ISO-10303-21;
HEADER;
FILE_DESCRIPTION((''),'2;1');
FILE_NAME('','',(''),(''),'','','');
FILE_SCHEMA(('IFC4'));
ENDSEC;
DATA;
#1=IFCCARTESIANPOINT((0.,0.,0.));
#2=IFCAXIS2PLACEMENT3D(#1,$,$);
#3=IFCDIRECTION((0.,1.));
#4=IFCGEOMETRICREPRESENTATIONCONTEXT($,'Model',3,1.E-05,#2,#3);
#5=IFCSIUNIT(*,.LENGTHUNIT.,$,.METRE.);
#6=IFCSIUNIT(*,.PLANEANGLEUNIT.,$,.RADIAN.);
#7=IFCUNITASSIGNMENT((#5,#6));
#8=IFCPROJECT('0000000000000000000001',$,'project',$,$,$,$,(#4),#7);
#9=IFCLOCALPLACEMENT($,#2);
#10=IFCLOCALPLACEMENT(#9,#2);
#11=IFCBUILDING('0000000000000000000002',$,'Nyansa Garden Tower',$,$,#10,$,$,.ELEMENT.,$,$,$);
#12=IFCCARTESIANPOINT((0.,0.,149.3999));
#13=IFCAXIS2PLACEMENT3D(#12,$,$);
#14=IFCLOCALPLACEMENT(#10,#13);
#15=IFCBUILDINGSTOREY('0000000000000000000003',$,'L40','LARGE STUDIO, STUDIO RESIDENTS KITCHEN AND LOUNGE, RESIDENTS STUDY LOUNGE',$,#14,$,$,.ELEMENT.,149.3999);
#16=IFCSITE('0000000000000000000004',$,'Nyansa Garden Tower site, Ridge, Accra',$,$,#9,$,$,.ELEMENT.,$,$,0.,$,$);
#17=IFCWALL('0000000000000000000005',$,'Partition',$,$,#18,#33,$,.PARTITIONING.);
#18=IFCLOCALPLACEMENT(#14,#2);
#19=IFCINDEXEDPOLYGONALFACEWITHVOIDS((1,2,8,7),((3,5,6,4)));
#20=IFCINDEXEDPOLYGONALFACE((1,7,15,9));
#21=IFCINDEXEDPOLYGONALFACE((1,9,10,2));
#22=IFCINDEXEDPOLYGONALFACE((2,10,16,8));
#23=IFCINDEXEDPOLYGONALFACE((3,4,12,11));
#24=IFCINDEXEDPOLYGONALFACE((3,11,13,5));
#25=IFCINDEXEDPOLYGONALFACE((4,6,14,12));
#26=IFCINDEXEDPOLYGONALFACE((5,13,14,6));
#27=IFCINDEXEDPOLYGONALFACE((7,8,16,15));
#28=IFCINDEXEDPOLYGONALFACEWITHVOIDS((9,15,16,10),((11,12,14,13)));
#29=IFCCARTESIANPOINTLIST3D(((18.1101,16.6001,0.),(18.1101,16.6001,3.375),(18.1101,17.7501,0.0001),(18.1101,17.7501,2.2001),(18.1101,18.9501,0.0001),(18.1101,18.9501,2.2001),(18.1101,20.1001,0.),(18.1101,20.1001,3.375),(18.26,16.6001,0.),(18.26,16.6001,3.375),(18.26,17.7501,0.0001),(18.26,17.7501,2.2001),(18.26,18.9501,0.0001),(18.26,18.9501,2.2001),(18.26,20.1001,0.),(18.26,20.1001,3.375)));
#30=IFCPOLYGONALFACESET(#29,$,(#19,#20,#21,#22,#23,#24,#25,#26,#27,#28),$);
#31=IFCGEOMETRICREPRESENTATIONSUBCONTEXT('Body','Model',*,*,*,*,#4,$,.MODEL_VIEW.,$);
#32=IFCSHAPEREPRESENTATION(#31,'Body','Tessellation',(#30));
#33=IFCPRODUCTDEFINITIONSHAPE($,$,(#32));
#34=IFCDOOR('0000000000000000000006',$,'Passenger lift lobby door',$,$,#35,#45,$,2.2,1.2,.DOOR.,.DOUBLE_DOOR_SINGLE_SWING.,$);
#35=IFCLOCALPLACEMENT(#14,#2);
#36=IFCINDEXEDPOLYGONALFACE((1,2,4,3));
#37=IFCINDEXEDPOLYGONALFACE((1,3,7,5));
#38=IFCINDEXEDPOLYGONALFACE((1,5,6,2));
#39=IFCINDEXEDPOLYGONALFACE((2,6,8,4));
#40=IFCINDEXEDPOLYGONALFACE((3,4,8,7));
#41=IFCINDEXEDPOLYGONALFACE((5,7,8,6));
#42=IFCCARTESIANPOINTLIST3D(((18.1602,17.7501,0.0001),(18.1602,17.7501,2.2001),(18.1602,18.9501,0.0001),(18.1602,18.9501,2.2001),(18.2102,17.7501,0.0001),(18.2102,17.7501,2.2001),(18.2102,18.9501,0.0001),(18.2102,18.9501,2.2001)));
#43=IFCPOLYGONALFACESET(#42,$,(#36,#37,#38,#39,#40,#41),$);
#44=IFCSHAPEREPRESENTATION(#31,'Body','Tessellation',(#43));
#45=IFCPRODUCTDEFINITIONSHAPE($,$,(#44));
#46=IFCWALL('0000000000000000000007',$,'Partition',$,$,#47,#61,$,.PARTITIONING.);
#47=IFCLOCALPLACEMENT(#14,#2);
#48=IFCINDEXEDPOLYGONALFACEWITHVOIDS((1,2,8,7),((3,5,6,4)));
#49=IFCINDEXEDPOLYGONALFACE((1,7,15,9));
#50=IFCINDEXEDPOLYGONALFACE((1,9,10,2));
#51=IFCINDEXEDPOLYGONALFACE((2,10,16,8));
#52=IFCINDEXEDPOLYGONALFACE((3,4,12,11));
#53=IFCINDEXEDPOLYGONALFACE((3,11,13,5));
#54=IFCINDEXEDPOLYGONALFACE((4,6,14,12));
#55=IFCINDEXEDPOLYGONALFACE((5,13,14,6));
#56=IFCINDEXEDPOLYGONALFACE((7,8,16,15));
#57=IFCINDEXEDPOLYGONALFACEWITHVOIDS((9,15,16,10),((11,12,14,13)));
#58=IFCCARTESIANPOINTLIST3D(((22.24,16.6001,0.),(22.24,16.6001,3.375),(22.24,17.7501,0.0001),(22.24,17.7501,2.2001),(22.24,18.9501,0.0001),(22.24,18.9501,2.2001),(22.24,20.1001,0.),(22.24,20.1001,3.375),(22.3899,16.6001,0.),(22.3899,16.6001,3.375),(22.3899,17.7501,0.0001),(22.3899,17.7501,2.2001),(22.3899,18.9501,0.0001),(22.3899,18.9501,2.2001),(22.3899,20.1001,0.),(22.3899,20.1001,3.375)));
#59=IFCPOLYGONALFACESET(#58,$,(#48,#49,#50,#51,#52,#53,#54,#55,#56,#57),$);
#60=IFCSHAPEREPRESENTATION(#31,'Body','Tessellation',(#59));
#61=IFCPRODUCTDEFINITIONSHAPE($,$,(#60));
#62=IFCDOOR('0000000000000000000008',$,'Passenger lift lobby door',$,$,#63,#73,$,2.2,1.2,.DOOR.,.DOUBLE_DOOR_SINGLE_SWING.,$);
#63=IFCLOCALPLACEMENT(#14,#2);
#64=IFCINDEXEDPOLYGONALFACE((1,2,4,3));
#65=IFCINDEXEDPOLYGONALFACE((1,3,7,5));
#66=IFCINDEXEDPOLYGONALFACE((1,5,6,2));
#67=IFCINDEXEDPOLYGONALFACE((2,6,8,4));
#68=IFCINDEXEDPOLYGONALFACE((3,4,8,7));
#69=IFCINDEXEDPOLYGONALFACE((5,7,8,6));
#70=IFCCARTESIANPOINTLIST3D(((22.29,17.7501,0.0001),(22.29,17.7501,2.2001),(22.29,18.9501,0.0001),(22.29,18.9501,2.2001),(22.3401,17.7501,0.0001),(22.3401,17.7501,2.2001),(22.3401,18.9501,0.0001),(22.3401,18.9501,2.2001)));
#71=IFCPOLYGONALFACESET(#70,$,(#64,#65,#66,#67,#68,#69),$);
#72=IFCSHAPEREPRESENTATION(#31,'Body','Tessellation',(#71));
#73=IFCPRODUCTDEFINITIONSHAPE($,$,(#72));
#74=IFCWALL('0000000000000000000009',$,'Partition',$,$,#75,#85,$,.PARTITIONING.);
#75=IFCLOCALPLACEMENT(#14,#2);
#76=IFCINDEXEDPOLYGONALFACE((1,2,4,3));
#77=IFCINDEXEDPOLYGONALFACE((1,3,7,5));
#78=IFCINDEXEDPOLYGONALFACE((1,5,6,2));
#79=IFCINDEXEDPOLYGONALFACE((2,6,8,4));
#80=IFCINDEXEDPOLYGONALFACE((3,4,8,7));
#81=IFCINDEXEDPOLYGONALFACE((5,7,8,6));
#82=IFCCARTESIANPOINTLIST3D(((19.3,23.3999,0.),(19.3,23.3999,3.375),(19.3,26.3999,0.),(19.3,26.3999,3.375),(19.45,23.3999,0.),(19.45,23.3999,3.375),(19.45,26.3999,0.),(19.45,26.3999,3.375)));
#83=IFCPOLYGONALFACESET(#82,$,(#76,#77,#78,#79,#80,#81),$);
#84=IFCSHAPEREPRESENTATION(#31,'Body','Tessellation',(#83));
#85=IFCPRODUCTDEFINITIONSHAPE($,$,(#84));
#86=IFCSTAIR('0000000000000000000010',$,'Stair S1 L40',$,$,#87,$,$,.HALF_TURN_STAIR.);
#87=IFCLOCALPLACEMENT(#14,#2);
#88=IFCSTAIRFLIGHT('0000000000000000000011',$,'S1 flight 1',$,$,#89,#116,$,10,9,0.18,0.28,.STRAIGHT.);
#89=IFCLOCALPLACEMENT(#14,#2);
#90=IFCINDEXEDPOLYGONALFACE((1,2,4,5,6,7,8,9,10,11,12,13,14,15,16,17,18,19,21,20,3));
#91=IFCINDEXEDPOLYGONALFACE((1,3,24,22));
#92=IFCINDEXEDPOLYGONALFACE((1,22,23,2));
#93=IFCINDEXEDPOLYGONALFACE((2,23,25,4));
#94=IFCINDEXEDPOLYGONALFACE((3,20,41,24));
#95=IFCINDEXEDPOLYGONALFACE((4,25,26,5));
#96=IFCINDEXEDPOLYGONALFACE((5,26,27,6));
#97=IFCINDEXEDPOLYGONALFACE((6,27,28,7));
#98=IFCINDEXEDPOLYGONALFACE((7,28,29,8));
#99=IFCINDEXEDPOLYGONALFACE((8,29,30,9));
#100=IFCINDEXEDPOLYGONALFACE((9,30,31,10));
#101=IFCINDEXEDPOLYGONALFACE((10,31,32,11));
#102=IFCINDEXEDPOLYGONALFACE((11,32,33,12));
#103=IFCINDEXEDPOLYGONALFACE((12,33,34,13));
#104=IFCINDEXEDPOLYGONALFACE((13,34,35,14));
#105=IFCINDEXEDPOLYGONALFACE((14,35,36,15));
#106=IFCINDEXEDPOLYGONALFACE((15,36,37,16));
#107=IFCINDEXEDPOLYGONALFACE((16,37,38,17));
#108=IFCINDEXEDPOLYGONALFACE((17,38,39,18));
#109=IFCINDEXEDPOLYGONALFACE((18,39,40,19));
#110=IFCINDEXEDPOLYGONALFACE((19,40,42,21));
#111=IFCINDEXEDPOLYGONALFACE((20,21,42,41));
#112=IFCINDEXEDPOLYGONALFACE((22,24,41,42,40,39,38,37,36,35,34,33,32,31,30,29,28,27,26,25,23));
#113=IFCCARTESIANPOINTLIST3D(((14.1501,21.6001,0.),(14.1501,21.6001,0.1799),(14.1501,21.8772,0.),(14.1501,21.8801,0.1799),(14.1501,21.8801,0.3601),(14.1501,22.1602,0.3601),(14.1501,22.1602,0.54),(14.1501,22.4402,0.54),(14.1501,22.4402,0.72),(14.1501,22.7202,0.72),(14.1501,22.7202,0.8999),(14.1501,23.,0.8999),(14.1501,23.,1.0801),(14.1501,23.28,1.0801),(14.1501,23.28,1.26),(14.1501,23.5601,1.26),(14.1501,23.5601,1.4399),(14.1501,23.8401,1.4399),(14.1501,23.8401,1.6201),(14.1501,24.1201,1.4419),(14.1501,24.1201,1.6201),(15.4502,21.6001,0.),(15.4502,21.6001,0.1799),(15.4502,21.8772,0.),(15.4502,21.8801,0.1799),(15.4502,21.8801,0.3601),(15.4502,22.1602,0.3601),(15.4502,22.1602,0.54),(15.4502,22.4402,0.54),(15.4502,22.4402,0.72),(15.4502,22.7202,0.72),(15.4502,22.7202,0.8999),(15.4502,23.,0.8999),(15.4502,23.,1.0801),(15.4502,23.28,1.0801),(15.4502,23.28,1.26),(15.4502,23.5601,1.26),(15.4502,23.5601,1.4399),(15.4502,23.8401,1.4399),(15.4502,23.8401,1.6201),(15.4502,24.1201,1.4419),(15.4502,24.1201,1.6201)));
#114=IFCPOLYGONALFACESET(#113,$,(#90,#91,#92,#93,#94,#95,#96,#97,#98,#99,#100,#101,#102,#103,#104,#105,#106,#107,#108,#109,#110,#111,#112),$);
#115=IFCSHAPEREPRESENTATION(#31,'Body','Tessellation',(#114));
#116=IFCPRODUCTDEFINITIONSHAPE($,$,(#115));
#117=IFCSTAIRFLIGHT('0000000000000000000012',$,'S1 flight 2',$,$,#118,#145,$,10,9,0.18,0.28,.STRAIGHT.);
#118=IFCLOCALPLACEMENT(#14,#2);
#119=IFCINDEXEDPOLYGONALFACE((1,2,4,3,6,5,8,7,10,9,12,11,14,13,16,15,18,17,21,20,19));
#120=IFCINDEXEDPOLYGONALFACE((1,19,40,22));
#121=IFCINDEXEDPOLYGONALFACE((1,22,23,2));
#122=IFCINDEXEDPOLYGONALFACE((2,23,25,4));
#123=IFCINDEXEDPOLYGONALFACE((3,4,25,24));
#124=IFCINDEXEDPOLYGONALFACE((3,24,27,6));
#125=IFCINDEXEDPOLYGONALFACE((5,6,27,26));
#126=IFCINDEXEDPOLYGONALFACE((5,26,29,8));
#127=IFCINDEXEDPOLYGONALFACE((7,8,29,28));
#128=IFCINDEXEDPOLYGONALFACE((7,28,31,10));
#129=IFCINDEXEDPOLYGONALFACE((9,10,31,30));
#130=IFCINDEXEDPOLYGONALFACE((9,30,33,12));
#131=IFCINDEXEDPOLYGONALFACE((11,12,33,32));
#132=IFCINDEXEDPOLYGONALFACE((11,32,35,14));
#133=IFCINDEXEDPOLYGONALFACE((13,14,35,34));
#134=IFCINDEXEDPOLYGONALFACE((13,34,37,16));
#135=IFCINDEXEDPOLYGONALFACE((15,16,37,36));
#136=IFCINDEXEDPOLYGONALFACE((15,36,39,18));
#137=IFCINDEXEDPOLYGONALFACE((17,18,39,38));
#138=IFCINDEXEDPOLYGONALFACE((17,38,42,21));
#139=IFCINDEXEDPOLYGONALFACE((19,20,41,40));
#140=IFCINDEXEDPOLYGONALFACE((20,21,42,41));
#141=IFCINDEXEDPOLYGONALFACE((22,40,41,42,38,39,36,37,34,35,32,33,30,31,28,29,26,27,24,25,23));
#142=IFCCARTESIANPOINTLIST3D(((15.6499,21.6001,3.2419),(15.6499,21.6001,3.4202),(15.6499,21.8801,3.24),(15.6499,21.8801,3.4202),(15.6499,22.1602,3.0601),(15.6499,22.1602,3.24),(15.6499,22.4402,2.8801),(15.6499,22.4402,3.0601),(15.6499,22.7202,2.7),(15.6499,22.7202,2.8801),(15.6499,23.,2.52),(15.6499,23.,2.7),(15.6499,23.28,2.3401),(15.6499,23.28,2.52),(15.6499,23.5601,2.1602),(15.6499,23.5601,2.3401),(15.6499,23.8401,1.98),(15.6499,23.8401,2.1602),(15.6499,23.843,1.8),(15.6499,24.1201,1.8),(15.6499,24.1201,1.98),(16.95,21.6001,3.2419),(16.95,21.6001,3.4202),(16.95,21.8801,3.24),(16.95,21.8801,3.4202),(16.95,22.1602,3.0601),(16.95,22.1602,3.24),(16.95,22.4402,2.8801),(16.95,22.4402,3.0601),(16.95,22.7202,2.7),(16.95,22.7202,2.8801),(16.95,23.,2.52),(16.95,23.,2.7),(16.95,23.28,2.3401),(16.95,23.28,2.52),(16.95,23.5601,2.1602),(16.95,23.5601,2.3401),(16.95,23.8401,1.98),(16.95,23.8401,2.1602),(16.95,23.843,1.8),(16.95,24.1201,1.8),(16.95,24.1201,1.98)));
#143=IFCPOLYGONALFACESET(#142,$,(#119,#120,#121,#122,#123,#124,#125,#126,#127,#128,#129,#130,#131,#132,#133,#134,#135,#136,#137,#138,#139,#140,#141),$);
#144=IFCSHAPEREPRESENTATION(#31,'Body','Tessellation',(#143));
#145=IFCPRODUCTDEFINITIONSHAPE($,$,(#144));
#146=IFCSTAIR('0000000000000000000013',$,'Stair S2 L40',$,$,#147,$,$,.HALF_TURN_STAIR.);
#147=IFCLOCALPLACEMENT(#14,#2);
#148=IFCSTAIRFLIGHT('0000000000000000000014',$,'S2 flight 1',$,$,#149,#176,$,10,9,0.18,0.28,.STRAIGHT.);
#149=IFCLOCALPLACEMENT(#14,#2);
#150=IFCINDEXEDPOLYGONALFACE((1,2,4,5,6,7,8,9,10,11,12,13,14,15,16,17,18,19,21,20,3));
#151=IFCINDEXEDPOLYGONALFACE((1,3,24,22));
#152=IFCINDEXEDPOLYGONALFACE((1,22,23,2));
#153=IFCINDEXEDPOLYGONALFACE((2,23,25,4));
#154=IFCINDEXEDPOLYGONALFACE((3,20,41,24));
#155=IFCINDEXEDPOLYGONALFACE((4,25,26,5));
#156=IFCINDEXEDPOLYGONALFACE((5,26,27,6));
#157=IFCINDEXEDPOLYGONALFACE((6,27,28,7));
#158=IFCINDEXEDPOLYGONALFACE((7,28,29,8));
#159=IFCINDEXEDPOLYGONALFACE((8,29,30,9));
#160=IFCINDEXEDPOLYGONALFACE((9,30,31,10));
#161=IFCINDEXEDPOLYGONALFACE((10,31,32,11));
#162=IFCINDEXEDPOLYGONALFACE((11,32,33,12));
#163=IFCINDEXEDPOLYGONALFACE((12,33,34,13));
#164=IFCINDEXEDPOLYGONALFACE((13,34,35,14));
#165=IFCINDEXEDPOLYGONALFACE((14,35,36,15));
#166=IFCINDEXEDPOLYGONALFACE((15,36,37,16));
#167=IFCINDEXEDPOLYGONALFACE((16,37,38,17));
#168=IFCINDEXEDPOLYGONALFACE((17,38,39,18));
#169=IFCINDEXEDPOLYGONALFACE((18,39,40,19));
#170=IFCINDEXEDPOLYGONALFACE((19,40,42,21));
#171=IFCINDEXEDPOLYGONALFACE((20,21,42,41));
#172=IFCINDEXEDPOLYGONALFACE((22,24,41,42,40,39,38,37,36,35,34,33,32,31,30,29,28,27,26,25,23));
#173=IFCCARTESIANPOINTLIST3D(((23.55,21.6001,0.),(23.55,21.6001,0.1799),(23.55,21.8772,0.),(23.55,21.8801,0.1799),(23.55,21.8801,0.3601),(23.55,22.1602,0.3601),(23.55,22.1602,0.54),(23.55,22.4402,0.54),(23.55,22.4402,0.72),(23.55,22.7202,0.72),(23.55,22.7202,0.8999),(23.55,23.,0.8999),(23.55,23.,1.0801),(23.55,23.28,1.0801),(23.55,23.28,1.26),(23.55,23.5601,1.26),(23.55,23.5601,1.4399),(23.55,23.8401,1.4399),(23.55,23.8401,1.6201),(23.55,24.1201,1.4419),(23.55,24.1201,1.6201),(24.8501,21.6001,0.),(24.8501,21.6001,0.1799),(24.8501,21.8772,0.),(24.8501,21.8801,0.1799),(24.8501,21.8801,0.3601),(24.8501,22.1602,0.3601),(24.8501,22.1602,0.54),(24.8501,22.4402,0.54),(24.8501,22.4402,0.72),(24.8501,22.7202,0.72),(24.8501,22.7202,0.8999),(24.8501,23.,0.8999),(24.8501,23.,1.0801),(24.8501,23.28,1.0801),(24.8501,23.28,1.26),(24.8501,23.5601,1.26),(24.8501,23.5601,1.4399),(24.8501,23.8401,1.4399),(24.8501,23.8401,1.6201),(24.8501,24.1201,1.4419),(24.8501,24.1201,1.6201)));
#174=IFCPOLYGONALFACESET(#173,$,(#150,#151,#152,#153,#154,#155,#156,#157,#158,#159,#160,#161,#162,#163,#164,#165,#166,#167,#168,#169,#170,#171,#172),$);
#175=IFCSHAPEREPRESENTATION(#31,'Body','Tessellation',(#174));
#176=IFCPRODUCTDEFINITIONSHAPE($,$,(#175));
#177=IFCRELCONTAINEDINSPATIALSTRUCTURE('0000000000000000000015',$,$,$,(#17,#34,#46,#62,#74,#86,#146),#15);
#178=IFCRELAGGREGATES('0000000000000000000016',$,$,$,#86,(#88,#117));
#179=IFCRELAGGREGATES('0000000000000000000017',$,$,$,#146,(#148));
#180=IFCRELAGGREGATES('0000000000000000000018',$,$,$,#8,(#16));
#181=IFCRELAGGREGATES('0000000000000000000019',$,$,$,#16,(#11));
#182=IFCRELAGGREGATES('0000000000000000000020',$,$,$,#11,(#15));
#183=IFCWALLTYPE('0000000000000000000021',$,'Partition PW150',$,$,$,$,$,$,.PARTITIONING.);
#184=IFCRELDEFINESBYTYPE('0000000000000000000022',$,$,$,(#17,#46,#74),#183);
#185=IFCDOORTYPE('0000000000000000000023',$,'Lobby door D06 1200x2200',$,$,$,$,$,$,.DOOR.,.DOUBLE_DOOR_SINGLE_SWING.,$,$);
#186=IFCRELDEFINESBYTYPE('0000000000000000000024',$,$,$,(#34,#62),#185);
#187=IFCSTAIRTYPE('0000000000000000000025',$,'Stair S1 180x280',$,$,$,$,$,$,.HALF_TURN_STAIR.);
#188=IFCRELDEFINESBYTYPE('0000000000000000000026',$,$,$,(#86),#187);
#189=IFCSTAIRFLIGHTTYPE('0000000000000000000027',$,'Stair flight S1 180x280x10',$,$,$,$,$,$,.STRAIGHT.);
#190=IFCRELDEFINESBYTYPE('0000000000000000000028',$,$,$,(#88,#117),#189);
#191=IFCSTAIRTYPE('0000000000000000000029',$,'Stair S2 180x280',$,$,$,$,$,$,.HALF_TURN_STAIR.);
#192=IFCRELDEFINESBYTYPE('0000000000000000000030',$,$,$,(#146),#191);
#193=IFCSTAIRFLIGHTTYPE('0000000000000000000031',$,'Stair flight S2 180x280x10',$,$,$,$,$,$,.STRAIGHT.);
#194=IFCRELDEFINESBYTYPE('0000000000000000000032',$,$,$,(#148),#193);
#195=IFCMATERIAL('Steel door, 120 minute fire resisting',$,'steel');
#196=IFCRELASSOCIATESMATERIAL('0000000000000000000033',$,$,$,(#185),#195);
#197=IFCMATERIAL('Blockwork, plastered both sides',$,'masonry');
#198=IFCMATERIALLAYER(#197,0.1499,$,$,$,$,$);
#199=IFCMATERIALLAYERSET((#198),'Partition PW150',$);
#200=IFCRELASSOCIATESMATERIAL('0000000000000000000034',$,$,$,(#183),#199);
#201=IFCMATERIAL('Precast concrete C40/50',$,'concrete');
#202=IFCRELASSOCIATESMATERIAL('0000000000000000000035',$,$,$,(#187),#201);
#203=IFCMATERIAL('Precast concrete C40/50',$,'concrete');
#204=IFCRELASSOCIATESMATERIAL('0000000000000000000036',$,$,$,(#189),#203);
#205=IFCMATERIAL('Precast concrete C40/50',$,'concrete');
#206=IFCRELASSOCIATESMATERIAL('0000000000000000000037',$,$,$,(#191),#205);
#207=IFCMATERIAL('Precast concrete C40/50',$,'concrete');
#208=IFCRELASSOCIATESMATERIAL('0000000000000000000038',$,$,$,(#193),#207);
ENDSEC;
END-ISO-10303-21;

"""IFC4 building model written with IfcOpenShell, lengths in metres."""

from ifc_helpers import new_model, si_unit, direction, frame, frame_2d, origin, place, context, subcontext, project, spatial, polyline, rectangle, outline, extrude, material, layer, layer_set, type_object, element, fill, aggregate, save


model = new_model("IFC4")

# Units and contexts
model_context = context("Model", 3, precision=1e-05, world=origin(), true_north=direction((0.0, 1.0)))
body_context = subcontext(model_context, "Body", "Model", "MODEL_VIEW")
ifc_project = project(units=[si_unit("LENGTHUNIT", "METRE"), si_unit("PLANEANGLEUNIT", "RADIAN")], contexts=[model_context])

# Site, building, storey
site_placement = place(None, origin())
site = spatial("IfcSite", under=ifc_project, at=site_placement, Name="Nyansa Garden Tower site, Ridge, Accra", CompositionType="ELEMENT", RefElevation=0.0)
building_placement = place(site_placement, origin())
building = spatial("IfcBuilding", under=site, at=building_placement, Name="Nyansa Garden Tower", CompositionType="ELEMENT")
storey_placement = place(building_placement, frame((0.0, 0.0, 149.3999)))
storey = spatial("IfcBuildingStorey", under=building, at=storey_placement, Name="L40", Description="LARGE STUDIO, STUDIO RESIDENTS KITCHEN AND LOUNGE, RESIDENTS STUDY LOUNGE", CompositionType="ELEMENT", Elevation=149.3999)

# Walls, openings, doors
ifc_material_1 = material(Name="Steel door, 120 minute fire resisting", Category="steel")
door_type_1 = type_object("IfcDoorType", Name="Lobby door D06 1200x2200", OperationType="DOUBLE_DOOR_SINGLE_SWING", PredefinedType="DOOR", material=ifc_material_1)
ifc_material_2 = material(Name="Blockwork, plastered both sides", Category="masonry")
ifc_layer_1 = layer(ifc_material_2, 0.1499)
ifc_layer_set_1 = layer_set([ifc_layer_1], Name="Partition PW150")
wall_type_1 = type_object("IfcWallType", Name="Partition PW150", PredefinedType="PARTITIONING", material=ifc_layer_set_1)
wall_1_placement = place(storey_placement, frame((18.1851, 16.6001, 0.0), z_axis=(0.0, 0.0, 1.0), x_axis=(0.0, 1.0, 0.0)))
wall_1 = element("IfcWall", 1, at=wall_1_placement, inside=storey, type_object=wall_type_1, Name="Partition", PredefinedType="PARTITIONING", context=body_context, shape_type="SweptSolid", body=[
    extrude(rectangle(XDim=3.5, YDim=0.1499, at=frame_2d((1.75, 0.0))), origin(), (0.0, 0.0, 1.0), 3.375),
])
opening_1_placement = place(wall_1_placement, frame((1.1499, 0.0, 0.0)))
opening_1 = element("IfcOpeningElement", 2, at=opening_1_placement, cuts=wall_1, PredefinedType="OPENING", context=body_context, shape_type="SweptSolid", body=[
    extrude(rectangle(XDim=1.2, YDim=2.2, at=frame_2d((0.6001, 1.1001))), frame((0.0, 0.085, 0.0), z_axis=(0.0, -1.0, 0.0), x_axis=(1.0, 0.0, 0.0)), (0.0, 0.0, 1.0), 0.1699),
])
door_1_placement = place(opening_1_placement, origin())
door_1 = element("IfcDoor", 3, at=door_1_placement, inside=storey, type_object=door_type_1, Name="Passenger lift lobby door", OperationType="DOUBLE_DOOR_SINGLE_SWING", OverallHeight=2.2, OverallWidth=1.2, PredefinedType="DOOR", context=body_context, shape_type="SweptSolid", body=[
    extrude(rectangle(XDim=1.2, YDim=2.2, at=frame_2d((0.6001, 1.1001))), frame((0.0, 0.0249, 0.0), z_axis=(0.0, -1.0, 0.0), x_axis=(1.0, 0.0, 0.0)), (0.0, 0.0, 1.0), 0.05),
])
fill(opening_1, door_1)
wall_2_placement = place(storey_placement, frame((22.3149, 16.6001, 0.0), z_axis=(0.0, 0.0, 1.0), x_axis=(0.0, 1.0, 0.0)))
wall_2 = element("IfcWall", 4, at=wall_2_placement, inside=storey, type_object=wall_type_1, Name="Partition", PredefinedType="PARTITIONING", context=body_context, shape_type="SweptSolid", body=[
    extrude(rectangle(XDim=3.5, YDim=0.1499, at=frame_2d((1.75, 0.0))), origin(), (0.0, 0.0, 1.0), 3.375),
])
opening_2_placement = place(wall_2_placement, frame((1.1499, 0.0, 0.0)))
opening_2 = element("IfcOpeningElement", 5, at=opening_2_placement, cuts=wall_2, PredefinedType="OPENING", context=body_context, shape_type="SweptSolid", body=[
    extrude(rectangle(XDim=1.2, YDim=2.2, at=frame_2d((0.6001, 1.1001))), frame((0.0, 0.085, 0.0), z_axis=(0.0, -1.0, 0.0), x_axis=(1.0, 0.0, 0.0)), (0.0, 0.0, 1.0), 0.1699),
])
door_2_placement = place(opening_2_placement, origin())
door_2 = element("IfcDoor", 6, at=door_2_placement, inside=storey, type_object=door_type_1, Name="Passenger lift lobby door", OperationType="DOUBLE_DOOR_SINGLE_SWING", OverallHeight=2.2, OverallWidth=1.2, PredefinedType="DOOR", context=body_context, shape_type="SweptSolid", body=[
    extrude(rectangle(XDim=1.2, YDim=2.2, at=frame_2d((0.6001, 1.1001))), frame((0.0, 0.0249, 0.0), z_axis=(0.0, -1.0, 0.0), x_axis=(1.0, 0.0, 0.0)), (0.0, 0.0, 1.0), 0.05),
])
fill(opening_2, door_2)

# Wall
wall_3_placement = place(storey_placement, frame((19.375, 23.3999, 0.0), z_axis=(0.0, 0.0, 1.0), x_axis=(0.0, 1.0, 0.0)))
element("IfcWall", 7, at=wall_3_placement, inside=storey, type_object=wall_type_1, Name="Partition", PredefinedType="PARTITIONING", context=body_context, shape_type="SweptSolid", body=[
    extrude(rectangle(XDim=3.0, YDim=0.1499, at=frame_2d((1.5, 0.0))), origin(), (0.0, 0.0, 1.0), 3.375),
])

# Stair, stair flights
ifc_material_3 = material(Name="Precast concrete C40/50", Category="concrete")
stair_type_1 = type_object("IfcStairType", Name="Stair S1 180x280", PredefinedType="HALF_TURN_STAIR", material=ifc_material_3)
stair_1_placement = place(storey_placement, origin())
stair_1 = element("IfcStair", 8, at=stair_1_placement, inside=storey, type_object=stair_type_1, Name="Stair S1 L40", PredefinedType="HALF_TURN_STAIR")
ifc_material_4 = material(Name="Precast concrete C40/50", Category="concrete")
stair_flight_type_1 = type_object("IfcStairFlightType", Name="Stair flight S1 180x280x10", PredefinedType="STRAIGHT", material=ifc_material_4)
stair_flight_1_placement = place(storey_placement, frame((14.8, 21.6001, 0.0), z_axis=(0.0, 0.0, 1.0), x_axis=(0.0, 1.0, 0.0)))
stair_flight_1 = element("IfcStairFlight", 9, at=stair_flight_1_placement, type_object=stair_flight_type_1, Name="S1 flight 1", NumberOfRisers=10, NumberOfTreads=9, PredefinedType="STRAIGHT", RiserHeight=0.18, TreadLength=0.28, context=body_context, shape_type="SweptSolid", body=[
    extrude(outline(polyline([(0.0, 0.0), (0.0, 0.1799), (0.28, 0.1799), (0.28, 0.3601), (0.5601, 0.3601), (0.5601, 0.54), (0.8401, 0.54), (0.8401, 0.72), (1.1201, 0.72), (1.1201, 0.8999), (1.3999, 0.8999), (1.3999, 1.0801), (1.6799, 1.0801), (1.6799, 1.26), (1.96, 1.26), (1.96, 1.4399), (2.24, 1.4399), (2.24, 1.6201), (2.52, 1.6201), (2.52, 1.8), (2.52, 1.4419), (0.2771, 0.0), (0.0, 0.0)])), frame((0.0, 0.6499, 0.0), z_axis=(0.0, -1.0, 0.0), x_axis=(1.0, 0.0, 0.0)), (0.0, 0.0, 1.0), 1.3),
])
stair_flight_2_placement = place(storey_placement, frame((16.3, 24.1201, 1.8), z_axis=(0.0, 0.0, 1.0), x_axis=(0.0, -1.0, 0.0)))
stair_flight_2 = element("IfcStairFlight", 10, at=stair_flight_2_placement, type_object=stair_flight_type_1, Name="S1 flight 2", NumberOfRisers=10, NumberOfTreads=9, PredefinedType="STRAIGHT", RiserHeight=0.18, TreadLength=0.28, context=body_context, shape_type="SweptSolid", body=[
    extrude(outline(polyline([(0.0, 0.0), (0.0, 0.1799), (0.28, 0.1799), (0.28, 0.3601), (0.5601, 0.3601), (0.5601, 0.54), (0.8401, 0.54), (0.8401, 0.72), (1.1201, 0.72), (1.1201, 0.8999), (1.3999, 0.8999), (1.3999, 1.0801), (1.6799, 1.0801), (1.6799, 1.26), (1.96, 1.26), (1.96, 1.4399), (2.24, 1.4399), (2.24, 1.6201), (2.52, 1.6201), (2.52, 1.8), (2.52, 1.4419), (0.2771, 0.0), (0.0, 0.0)])), frame((0.0, 0.6499, 0.0), z_axis=(0.0, -1.0, 0.0), x_axis=(1.0, 0.0, 0.0)), (0.0, 0.0, 1.0), 1.3),
])
aggregate(stair_1, [stair_flight_1, stair_flight_2])

# Stair, stair flight
ifc_material_5 = material(Name="Precast concrete C40/50", Category="concrete")
stair_type_2 = type_object("IfcStairType", Name="Stair S2 180x280", PredefinedType="HALF_TURN_STAIR", material=ifc_material_5)
stair_2_placement = place(storey_placement, origin())
stair_2 = element("IfcStair", 11, at=stair_2_placement, inside=storey, type_object=stair_type_2, Name="Stair S2 L40", PredefinedType="HALF_TURN_STAIR")
ifc_material_6 = material(Name="Precast concrete C40/50", Category="concrete")
stair_flight_type_2 = type_object("IfcStairFlightType", Name="Stair flight S2 180x280x10", PredefinedType="STRAIGHT", material=ifc_material_6)
stair_flight_3_placement = place(storey_placement, frame((24.2, 21.6001, 0.0), z_axis=(0.0, 0.0, 1.0), x_axis=(0.0, 1.0, 0.0)))
stair_flight_3 = element("IfcStairFlight", 12, at=stair_flight_3_placement, type_object=stair_flight_type_2, Name="S2 flight 1", NumberOfRisers=10, NumberOfTreads=9, PredefinedType="STRAIGHT", RiserHeight=0.18, TreadLength=0.28, context=body_context, shape_type="SweptSolid", body=[
    extrude(outline(polyline([(0.0, 0.0), (0.0, 0.1799), (0.28, 0.1799), (0.28, 0.3601), (0.5601, 0.3601), (0.5601, 0.54), (0.8401, 0.54), (0.8401, 0.72), (1.1201, 0.72), (1.1201, 0.8999), (1.3999, 0.8999), (1.3999, 1.0801), (1.6799, 1.0801), (1.6799, 1.26), (1.96, 1.26), (1.96, 1.4399), (2.24, 1.4399), (2.24, 1.6201), (2.52, 1.6201), (2.52, 1.8), (2.52, 1.4419), (0.2771, 0.0), (0.0, 0.0)])), frame((0.0, 0.6499, 0.0), z_axis=(0.0, -1.0, 0.0), x_axis=(1.0, 0.0, 0.0)), (0.0, 0.0, 1.0), 1.3),
])
aggregate(stair_2, [stair_flight_3])

save(model, "model.ifc")
